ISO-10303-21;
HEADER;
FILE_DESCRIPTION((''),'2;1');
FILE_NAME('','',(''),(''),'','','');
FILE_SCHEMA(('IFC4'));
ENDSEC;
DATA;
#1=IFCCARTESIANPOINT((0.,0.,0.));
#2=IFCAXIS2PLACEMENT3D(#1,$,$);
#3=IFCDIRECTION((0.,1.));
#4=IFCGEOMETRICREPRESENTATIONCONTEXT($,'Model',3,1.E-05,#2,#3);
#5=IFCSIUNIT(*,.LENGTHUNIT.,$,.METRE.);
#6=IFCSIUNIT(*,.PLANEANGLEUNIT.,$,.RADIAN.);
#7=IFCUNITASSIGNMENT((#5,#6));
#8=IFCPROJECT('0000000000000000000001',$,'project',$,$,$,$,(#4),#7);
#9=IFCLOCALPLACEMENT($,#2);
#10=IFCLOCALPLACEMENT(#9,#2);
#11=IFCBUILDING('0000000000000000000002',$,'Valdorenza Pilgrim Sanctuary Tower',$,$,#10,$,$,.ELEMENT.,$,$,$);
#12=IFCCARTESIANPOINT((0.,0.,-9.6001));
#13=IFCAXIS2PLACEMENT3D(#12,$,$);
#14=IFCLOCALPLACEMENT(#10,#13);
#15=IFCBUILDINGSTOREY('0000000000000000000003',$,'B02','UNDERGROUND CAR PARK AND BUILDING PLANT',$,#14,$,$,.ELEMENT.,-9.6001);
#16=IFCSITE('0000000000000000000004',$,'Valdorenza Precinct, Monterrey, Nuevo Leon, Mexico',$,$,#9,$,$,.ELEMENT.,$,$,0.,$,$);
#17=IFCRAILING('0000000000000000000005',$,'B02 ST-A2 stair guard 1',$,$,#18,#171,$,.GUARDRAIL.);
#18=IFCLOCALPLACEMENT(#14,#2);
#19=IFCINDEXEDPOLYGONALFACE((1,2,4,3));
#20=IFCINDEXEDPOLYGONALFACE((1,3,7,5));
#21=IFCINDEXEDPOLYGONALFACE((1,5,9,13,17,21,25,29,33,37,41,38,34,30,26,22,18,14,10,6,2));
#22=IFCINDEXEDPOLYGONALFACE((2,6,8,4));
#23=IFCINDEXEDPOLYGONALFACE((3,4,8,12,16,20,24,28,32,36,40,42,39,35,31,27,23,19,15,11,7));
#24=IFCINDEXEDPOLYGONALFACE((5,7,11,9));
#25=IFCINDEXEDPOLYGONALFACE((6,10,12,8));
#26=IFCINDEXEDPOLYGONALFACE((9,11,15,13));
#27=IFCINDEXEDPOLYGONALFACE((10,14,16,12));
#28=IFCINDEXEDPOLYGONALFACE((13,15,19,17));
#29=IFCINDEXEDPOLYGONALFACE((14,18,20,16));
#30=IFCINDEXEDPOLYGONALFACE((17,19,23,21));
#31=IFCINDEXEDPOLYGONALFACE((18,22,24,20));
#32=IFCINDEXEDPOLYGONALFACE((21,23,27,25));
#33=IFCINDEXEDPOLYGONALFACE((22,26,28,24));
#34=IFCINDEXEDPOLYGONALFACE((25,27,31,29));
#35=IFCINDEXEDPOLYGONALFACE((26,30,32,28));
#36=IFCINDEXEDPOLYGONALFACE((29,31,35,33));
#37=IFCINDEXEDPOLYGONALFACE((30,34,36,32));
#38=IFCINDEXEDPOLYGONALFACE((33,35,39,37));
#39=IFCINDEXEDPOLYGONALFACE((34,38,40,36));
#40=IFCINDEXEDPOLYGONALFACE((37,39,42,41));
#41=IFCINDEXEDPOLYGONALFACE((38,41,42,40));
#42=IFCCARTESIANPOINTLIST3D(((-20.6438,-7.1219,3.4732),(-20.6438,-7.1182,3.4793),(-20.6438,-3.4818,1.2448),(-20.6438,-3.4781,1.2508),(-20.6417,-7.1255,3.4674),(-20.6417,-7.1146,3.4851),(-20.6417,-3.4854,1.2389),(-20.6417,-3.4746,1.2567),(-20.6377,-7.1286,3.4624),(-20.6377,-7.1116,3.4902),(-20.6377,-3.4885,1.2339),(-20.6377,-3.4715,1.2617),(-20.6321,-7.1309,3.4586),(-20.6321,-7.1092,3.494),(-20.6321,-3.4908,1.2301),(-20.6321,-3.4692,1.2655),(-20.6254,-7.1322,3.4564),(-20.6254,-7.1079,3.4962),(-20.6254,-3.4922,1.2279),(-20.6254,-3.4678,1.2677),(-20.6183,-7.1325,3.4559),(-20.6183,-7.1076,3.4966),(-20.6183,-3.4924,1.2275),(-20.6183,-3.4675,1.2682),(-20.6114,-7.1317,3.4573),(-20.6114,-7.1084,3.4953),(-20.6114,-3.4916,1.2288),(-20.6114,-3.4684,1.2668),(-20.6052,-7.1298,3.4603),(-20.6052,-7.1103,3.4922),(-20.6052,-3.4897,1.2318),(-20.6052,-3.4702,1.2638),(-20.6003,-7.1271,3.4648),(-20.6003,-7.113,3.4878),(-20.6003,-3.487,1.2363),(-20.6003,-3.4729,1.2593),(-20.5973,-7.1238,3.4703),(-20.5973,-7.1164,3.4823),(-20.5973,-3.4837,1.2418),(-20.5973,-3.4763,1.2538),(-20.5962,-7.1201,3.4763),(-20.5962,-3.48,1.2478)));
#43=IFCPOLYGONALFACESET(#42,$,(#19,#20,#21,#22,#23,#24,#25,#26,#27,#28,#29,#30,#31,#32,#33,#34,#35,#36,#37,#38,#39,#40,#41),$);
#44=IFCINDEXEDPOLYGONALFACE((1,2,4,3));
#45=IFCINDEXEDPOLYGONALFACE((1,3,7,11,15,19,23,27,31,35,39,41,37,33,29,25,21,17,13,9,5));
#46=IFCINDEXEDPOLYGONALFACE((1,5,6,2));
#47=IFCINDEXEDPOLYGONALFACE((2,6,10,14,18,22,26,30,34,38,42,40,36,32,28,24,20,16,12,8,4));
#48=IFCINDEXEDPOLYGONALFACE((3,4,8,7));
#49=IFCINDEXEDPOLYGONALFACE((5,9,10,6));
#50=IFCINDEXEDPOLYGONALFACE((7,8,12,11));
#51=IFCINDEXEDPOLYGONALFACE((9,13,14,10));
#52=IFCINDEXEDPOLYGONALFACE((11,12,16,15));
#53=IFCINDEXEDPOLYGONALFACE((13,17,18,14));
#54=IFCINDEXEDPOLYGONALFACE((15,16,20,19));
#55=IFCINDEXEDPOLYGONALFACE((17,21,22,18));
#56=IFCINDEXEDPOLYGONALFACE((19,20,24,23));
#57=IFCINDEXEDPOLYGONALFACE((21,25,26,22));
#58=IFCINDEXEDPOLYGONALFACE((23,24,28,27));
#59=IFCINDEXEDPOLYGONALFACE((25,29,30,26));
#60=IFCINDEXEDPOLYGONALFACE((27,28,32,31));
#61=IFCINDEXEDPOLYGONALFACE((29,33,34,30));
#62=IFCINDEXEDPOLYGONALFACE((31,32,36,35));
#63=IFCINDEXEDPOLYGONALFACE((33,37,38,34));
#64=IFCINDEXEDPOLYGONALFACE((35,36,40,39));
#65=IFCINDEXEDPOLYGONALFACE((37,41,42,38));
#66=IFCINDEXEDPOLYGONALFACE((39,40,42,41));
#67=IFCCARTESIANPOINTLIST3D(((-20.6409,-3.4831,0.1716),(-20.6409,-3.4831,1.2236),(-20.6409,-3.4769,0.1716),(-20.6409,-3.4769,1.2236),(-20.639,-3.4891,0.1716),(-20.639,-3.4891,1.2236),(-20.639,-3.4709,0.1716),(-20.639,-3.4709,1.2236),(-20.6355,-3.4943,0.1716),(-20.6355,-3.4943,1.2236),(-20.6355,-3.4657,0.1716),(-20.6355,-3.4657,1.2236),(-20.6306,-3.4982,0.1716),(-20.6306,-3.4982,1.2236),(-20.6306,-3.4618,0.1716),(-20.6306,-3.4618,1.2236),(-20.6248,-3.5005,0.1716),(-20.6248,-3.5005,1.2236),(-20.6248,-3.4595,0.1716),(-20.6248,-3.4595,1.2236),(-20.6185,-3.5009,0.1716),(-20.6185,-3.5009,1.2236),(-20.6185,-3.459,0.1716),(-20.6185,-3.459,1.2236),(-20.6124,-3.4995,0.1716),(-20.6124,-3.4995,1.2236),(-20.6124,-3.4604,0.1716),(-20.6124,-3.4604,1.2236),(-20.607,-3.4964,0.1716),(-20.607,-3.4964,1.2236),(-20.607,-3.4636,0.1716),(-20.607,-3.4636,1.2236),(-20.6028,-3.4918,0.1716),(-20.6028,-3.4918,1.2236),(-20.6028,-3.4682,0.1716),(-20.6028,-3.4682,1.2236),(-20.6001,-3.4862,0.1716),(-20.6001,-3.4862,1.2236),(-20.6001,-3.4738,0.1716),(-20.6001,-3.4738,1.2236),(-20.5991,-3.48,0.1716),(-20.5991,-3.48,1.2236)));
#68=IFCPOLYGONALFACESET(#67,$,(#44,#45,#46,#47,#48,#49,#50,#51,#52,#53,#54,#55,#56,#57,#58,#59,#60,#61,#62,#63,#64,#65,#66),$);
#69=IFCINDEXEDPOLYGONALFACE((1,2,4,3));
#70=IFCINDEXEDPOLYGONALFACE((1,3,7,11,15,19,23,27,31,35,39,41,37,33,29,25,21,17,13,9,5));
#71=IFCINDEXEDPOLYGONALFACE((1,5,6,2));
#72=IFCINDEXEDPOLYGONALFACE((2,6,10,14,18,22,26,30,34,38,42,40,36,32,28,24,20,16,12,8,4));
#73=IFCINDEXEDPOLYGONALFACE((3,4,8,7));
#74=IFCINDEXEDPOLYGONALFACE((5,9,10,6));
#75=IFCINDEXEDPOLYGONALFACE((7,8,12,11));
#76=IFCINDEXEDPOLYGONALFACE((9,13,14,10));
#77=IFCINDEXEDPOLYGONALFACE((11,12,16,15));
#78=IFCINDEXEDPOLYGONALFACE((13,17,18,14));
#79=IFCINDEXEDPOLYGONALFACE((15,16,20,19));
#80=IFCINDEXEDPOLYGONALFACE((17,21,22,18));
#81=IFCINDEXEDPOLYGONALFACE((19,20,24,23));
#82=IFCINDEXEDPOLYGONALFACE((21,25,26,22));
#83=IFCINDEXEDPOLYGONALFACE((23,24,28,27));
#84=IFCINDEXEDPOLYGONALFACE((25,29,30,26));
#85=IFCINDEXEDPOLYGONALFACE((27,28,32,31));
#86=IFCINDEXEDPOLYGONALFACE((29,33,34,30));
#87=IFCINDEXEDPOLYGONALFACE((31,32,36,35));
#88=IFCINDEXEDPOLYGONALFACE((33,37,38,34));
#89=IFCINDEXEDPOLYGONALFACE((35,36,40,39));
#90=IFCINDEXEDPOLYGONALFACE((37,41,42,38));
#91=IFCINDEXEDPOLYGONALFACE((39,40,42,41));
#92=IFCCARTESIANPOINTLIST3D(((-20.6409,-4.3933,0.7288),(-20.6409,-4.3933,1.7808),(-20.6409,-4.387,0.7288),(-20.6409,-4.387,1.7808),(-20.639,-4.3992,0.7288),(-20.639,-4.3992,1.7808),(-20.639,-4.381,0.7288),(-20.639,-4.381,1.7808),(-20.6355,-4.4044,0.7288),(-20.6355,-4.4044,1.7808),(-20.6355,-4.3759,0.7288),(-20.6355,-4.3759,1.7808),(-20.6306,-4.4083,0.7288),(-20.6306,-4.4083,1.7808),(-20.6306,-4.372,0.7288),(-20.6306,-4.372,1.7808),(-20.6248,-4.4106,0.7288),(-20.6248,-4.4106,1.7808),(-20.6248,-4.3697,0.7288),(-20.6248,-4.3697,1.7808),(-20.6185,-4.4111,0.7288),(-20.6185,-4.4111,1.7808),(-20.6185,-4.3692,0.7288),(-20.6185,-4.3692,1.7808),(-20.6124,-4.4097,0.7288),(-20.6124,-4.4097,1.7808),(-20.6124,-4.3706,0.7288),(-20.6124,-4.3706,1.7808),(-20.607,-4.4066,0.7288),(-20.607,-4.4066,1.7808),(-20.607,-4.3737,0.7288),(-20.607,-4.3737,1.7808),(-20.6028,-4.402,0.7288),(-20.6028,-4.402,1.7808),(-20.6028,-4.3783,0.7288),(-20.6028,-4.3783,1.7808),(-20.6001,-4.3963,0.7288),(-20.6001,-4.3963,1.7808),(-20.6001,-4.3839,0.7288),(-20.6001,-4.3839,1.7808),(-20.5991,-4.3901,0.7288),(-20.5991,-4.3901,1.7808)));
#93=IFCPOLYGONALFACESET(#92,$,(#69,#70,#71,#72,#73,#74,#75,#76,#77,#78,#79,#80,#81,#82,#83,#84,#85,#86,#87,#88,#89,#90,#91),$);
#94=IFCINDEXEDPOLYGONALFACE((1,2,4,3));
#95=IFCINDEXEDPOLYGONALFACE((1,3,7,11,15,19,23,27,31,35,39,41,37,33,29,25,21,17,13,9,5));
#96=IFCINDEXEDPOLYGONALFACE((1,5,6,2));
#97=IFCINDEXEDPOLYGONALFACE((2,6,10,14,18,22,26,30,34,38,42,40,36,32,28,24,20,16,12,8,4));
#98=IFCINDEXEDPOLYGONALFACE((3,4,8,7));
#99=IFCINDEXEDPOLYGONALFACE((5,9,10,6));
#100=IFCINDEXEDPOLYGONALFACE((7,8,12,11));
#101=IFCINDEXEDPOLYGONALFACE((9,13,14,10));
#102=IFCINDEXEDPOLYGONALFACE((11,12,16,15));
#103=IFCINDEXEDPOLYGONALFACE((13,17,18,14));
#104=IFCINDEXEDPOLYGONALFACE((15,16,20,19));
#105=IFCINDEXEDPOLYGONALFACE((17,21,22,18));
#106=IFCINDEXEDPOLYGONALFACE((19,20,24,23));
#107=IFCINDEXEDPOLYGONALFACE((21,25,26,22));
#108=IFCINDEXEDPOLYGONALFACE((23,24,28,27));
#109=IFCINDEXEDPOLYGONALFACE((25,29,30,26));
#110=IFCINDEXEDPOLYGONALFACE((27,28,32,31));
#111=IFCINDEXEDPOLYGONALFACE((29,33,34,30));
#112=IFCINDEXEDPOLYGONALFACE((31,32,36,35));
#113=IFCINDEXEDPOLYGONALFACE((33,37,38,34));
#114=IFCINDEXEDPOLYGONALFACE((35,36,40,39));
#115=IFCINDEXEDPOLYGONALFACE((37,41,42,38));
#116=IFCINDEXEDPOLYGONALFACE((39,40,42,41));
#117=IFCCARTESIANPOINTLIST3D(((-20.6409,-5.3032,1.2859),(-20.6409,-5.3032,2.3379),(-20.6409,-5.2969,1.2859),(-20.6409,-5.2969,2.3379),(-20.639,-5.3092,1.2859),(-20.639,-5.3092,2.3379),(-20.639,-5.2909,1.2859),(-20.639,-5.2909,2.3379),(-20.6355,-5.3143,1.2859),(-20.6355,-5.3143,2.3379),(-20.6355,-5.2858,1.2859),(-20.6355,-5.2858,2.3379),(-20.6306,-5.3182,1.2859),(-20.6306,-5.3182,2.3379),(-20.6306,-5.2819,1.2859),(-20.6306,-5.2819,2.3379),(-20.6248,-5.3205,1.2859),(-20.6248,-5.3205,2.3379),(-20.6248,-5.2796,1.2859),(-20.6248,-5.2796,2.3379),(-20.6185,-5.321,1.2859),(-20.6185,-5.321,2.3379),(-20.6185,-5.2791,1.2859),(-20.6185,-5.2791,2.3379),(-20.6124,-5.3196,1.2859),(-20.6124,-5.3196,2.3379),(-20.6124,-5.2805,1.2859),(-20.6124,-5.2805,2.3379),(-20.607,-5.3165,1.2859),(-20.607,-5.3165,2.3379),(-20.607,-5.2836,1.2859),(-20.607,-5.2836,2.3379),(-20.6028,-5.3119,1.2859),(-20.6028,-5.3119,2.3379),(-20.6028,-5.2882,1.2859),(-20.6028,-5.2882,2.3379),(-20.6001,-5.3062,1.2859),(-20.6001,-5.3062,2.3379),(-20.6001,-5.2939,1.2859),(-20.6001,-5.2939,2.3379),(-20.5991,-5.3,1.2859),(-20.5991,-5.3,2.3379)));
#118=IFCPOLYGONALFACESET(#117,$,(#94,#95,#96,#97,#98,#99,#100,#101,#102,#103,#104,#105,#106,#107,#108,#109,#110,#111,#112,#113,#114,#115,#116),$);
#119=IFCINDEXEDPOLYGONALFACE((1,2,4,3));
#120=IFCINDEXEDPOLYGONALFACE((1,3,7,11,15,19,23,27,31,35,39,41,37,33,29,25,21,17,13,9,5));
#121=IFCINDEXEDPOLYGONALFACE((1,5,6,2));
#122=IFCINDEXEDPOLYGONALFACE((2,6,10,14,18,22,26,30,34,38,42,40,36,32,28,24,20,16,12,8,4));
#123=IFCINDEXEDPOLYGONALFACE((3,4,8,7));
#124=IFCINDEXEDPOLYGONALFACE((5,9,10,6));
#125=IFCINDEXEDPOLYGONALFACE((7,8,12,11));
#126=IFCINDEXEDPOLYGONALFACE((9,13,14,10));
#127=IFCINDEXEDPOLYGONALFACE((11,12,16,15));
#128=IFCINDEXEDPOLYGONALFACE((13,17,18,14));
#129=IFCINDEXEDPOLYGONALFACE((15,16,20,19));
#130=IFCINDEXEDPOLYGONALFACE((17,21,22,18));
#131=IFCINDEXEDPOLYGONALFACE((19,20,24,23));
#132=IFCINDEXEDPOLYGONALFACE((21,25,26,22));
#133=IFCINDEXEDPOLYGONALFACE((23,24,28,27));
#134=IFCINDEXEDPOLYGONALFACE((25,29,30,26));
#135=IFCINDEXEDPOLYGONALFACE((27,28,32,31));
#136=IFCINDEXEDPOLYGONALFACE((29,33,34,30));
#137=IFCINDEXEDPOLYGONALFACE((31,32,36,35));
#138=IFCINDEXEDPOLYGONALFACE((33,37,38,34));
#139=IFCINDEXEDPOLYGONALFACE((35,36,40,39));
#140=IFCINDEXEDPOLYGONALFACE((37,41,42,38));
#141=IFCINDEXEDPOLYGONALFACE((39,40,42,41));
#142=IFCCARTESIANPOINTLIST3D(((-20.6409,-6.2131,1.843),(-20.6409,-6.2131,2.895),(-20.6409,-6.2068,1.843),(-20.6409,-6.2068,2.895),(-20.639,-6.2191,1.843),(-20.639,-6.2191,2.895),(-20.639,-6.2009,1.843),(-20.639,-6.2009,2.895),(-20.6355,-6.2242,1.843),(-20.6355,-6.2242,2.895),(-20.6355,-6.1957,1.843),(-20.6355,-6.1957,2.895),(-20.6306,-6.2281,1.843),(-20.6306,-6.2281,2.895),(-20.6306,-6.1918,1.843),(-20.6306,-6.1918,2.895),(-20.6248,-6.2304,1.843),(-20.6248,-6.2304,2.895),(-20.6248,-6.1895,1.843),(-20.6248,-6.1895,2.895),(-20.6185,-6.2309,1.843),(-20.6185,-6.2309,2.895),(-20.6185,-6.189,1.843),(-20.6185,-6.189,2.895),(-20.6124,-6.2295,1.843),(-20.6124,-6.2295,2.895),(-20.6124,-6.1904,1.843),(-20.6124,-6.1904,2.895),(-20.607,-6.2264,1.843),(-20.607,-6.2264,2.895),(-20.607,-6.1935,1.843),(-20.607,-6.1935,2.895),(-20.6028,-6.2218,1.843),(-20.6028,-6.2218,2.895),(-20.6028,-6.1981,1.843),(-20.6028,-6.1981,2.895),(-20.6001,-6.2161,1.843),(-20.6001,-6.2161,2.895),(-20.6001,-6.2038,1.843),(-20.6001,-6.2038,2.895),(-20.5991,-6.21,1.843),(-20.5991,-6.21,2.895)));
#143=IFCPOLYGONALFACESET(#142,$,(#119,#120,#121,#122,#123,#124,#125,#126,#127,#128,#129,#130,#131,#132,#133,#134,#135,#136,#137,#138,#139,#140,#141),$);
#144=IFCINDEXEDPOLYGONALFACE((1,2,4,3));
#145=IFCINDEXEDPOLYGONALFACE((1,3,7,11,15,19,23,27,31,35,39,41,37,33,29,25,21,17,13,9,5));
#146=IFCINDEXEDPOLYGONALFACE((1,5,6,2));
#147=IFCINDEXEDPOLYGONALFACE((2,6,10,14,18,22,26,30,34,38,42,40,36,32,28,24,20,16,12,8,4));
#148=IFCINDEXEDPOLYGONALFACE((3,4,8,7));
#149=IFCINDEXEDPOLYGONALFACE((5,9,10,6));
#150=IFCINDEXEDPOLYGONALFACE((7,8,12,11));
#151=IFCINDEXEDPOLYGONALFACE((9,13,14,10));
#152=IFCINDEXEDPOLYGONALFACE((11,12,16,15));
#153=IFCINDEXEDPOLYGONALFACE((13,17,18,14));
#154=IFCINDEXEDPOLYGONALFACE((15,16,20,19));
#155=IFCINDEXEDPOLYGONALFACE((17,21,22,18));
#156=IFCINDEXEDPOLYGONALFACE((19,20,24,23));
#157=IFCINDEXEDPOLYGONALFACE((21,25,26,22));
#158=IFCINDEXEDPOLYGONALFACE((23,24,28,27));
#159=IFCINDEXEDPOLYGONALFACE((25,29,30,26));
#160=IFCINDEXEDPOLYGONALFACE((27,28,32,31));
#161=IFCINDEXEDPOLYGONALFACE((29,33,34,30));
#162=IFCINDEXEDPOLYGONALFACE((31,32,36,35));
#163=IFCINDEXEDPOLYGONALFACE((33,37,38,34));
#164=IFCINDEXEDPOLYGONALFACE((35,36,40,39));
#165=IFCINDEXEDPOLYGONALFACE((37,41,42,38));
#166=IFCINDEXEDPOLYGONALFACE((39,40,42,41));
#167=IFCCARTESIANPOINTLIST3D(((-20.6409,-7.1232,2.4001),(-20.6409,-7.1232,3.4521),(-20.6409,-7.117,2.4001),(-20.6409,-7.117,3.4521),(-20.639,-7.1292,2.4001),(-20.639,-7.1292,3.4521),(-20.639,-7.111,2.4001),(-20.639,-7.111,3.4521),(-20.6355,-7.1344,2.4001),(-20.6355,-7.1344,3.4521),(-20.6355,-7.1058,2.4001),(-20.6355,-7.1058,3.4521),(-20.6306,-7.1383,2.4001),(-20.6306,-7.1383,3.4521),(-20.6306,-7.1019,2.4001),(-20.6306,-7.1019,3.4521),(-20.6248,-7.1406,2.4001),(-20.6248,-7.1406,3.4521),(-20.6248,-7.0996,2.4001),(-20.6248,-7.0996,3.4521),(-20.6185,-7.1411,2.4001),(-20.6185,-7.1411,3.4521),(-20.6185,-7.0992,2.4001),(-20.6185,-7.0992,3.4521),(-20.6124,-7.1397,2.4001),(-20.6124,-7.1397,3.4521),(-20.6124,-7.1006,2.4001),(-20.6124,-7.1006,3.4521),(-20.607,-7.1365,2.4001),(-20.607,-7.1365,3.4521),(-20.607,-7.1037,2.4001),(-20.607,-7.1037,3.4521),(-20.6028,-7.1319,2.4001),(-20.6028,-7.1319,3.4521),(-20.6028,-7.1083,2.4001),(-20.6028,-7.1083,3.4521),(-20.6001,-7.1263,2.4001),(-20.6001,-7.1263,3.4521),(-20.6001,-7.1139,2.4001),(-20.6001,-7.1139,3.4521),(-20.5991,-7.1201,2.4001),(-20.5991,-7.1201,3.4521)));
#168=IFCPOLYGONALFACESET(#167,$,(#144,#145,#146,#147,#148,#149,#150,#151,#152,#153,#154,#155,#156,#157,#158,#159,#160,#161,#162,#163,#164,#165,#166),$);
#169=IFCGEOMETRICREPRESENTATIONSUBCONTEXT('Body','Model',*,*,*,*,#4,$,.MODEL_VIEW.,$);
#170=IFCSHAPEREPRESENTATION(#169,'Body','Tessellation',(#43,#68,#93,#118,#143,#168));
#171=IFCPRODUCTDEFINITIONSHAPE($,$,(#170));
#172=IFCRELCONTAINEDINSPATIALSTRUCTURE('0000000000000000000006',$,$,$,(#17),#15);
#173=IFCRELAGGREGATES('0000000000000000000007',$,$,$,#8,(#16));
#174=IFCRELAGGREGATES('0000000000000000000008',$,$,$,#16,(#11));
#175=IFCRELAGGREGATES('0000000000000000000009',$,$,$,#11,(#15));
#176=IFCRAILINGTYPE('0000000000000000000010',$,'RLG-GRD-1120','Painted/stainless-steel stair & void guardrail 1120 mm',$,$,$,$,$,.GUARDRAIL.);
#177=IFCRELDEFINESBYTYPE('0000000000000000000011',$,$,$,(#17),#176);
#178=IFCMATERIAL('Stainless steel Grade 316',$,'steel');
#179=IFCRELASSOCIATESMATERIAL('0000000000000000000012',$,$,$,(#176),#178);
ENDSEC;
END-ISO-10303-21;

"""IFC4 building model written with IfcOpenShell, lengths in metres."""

from ifc_helpers import new_model, si_unit, direction, frame, origin, origin_2d, place, context, subcontext, project, spatial, circle, extrude, material, type_object, element, save


model = new_model("IFC4")

# Units and contexts
model_context = context("Model", 3, precision=1e-05, world=origin(), true_north=direction((0.0, 1.0)))
body_context = subcontext(model_context, "Body", "Model", "MODEL_VIEW")
ifc_project = project(units=[si_unit("LENGTHUNIT", "METRE"), si_unit("PLANEANGLEUNIT", "RADIAN")], contexts=[model_context])

# Site, building, storey
site_placement = place(None, origin())
site = spatial("IfcSite", under=ifc_project, at=site_placement, Name="Valdorenza Precinct, Monterrey, Nuevo Leon, Mexico", CompositionType="ELEMENT", RefElevation=0.0)
building_placement = place(site_placement, origin())
building = spatial("IfcBuilding", under=site, at=building_placement, Name="Valdorenza Pilgrim Sanctuary Tower", CompositionType="ELEMENT")
storey_placement = place(building_placement, frame((0.0, 0.0, -9.6001)))
storey = spatial("IfcBuildingStorey", under=building, at=storey_placement, Name="B02", Description="UNDERGROUND CAR PARK AND BUILDING PLANT", CompositionType="ELEMENT", Elevation=-9.6001)

# Railing
ifc_material_1 = material(Name="Stainless steel Grade 316", Category="steel")
railing_type_1 = type_object("IfcRailingType", Name="RLG-GRD-1120", Description="Painted/stainless-steel stair & void guardrail 1120 mm", PredefinedType="GUARDRAIL", material=ifc_material_1)
railing_1_placement = place(storey_placement, frame((-20.6201, -3.48, 0.1716)))
element("IfcRailing", 1, at=railing_1_placement, inside=storey, type_object=railing_type_1, Name="B02 ST-A2 stair guard 1", PredefinedType="GUARDRAIL", context=body_context, shape_type="SweptSolid", body=[
    extrude(circle(Radius=0.0239, at=origin_2d()), frame((0.0, 0.0, 1.0762), z_axis=(0.0, -0.852866, 0.52213), x_axis=(1.0, 0.0, 0.0)), (0.0, 0.0, 1.0), 4.2681),
    extrude(circle(Radius=0.021, at=origin_2d()), origin(), (0.0, 0.0, 1.0), 1.052),
    extrude(circle(Radius=0.021, at=origin_2d()), frame((0.0, -0.9102, 0.5571)), (0.0, 0.0, 1.0), 1.052),
    extrude(circle(Radius=0.021, at=origin_2d()), frame((0.0, -1.8201, 1.1143)), (0.0, 0.0, 1.0), 1.052),
    extrude(circle(Radius=0.021, at=origin_2d()), frame((0.0, -2.73, 1.6714)), (0.0, 0.0, 1.0), 1.052),
    extrude(circle(Radius=0.021, at=origin_2d()), frame((0.0, -3.6401, 2.2285)), (0.0, 0.0, 1.0), 1.052),
])

save(model, "model.ifc")
